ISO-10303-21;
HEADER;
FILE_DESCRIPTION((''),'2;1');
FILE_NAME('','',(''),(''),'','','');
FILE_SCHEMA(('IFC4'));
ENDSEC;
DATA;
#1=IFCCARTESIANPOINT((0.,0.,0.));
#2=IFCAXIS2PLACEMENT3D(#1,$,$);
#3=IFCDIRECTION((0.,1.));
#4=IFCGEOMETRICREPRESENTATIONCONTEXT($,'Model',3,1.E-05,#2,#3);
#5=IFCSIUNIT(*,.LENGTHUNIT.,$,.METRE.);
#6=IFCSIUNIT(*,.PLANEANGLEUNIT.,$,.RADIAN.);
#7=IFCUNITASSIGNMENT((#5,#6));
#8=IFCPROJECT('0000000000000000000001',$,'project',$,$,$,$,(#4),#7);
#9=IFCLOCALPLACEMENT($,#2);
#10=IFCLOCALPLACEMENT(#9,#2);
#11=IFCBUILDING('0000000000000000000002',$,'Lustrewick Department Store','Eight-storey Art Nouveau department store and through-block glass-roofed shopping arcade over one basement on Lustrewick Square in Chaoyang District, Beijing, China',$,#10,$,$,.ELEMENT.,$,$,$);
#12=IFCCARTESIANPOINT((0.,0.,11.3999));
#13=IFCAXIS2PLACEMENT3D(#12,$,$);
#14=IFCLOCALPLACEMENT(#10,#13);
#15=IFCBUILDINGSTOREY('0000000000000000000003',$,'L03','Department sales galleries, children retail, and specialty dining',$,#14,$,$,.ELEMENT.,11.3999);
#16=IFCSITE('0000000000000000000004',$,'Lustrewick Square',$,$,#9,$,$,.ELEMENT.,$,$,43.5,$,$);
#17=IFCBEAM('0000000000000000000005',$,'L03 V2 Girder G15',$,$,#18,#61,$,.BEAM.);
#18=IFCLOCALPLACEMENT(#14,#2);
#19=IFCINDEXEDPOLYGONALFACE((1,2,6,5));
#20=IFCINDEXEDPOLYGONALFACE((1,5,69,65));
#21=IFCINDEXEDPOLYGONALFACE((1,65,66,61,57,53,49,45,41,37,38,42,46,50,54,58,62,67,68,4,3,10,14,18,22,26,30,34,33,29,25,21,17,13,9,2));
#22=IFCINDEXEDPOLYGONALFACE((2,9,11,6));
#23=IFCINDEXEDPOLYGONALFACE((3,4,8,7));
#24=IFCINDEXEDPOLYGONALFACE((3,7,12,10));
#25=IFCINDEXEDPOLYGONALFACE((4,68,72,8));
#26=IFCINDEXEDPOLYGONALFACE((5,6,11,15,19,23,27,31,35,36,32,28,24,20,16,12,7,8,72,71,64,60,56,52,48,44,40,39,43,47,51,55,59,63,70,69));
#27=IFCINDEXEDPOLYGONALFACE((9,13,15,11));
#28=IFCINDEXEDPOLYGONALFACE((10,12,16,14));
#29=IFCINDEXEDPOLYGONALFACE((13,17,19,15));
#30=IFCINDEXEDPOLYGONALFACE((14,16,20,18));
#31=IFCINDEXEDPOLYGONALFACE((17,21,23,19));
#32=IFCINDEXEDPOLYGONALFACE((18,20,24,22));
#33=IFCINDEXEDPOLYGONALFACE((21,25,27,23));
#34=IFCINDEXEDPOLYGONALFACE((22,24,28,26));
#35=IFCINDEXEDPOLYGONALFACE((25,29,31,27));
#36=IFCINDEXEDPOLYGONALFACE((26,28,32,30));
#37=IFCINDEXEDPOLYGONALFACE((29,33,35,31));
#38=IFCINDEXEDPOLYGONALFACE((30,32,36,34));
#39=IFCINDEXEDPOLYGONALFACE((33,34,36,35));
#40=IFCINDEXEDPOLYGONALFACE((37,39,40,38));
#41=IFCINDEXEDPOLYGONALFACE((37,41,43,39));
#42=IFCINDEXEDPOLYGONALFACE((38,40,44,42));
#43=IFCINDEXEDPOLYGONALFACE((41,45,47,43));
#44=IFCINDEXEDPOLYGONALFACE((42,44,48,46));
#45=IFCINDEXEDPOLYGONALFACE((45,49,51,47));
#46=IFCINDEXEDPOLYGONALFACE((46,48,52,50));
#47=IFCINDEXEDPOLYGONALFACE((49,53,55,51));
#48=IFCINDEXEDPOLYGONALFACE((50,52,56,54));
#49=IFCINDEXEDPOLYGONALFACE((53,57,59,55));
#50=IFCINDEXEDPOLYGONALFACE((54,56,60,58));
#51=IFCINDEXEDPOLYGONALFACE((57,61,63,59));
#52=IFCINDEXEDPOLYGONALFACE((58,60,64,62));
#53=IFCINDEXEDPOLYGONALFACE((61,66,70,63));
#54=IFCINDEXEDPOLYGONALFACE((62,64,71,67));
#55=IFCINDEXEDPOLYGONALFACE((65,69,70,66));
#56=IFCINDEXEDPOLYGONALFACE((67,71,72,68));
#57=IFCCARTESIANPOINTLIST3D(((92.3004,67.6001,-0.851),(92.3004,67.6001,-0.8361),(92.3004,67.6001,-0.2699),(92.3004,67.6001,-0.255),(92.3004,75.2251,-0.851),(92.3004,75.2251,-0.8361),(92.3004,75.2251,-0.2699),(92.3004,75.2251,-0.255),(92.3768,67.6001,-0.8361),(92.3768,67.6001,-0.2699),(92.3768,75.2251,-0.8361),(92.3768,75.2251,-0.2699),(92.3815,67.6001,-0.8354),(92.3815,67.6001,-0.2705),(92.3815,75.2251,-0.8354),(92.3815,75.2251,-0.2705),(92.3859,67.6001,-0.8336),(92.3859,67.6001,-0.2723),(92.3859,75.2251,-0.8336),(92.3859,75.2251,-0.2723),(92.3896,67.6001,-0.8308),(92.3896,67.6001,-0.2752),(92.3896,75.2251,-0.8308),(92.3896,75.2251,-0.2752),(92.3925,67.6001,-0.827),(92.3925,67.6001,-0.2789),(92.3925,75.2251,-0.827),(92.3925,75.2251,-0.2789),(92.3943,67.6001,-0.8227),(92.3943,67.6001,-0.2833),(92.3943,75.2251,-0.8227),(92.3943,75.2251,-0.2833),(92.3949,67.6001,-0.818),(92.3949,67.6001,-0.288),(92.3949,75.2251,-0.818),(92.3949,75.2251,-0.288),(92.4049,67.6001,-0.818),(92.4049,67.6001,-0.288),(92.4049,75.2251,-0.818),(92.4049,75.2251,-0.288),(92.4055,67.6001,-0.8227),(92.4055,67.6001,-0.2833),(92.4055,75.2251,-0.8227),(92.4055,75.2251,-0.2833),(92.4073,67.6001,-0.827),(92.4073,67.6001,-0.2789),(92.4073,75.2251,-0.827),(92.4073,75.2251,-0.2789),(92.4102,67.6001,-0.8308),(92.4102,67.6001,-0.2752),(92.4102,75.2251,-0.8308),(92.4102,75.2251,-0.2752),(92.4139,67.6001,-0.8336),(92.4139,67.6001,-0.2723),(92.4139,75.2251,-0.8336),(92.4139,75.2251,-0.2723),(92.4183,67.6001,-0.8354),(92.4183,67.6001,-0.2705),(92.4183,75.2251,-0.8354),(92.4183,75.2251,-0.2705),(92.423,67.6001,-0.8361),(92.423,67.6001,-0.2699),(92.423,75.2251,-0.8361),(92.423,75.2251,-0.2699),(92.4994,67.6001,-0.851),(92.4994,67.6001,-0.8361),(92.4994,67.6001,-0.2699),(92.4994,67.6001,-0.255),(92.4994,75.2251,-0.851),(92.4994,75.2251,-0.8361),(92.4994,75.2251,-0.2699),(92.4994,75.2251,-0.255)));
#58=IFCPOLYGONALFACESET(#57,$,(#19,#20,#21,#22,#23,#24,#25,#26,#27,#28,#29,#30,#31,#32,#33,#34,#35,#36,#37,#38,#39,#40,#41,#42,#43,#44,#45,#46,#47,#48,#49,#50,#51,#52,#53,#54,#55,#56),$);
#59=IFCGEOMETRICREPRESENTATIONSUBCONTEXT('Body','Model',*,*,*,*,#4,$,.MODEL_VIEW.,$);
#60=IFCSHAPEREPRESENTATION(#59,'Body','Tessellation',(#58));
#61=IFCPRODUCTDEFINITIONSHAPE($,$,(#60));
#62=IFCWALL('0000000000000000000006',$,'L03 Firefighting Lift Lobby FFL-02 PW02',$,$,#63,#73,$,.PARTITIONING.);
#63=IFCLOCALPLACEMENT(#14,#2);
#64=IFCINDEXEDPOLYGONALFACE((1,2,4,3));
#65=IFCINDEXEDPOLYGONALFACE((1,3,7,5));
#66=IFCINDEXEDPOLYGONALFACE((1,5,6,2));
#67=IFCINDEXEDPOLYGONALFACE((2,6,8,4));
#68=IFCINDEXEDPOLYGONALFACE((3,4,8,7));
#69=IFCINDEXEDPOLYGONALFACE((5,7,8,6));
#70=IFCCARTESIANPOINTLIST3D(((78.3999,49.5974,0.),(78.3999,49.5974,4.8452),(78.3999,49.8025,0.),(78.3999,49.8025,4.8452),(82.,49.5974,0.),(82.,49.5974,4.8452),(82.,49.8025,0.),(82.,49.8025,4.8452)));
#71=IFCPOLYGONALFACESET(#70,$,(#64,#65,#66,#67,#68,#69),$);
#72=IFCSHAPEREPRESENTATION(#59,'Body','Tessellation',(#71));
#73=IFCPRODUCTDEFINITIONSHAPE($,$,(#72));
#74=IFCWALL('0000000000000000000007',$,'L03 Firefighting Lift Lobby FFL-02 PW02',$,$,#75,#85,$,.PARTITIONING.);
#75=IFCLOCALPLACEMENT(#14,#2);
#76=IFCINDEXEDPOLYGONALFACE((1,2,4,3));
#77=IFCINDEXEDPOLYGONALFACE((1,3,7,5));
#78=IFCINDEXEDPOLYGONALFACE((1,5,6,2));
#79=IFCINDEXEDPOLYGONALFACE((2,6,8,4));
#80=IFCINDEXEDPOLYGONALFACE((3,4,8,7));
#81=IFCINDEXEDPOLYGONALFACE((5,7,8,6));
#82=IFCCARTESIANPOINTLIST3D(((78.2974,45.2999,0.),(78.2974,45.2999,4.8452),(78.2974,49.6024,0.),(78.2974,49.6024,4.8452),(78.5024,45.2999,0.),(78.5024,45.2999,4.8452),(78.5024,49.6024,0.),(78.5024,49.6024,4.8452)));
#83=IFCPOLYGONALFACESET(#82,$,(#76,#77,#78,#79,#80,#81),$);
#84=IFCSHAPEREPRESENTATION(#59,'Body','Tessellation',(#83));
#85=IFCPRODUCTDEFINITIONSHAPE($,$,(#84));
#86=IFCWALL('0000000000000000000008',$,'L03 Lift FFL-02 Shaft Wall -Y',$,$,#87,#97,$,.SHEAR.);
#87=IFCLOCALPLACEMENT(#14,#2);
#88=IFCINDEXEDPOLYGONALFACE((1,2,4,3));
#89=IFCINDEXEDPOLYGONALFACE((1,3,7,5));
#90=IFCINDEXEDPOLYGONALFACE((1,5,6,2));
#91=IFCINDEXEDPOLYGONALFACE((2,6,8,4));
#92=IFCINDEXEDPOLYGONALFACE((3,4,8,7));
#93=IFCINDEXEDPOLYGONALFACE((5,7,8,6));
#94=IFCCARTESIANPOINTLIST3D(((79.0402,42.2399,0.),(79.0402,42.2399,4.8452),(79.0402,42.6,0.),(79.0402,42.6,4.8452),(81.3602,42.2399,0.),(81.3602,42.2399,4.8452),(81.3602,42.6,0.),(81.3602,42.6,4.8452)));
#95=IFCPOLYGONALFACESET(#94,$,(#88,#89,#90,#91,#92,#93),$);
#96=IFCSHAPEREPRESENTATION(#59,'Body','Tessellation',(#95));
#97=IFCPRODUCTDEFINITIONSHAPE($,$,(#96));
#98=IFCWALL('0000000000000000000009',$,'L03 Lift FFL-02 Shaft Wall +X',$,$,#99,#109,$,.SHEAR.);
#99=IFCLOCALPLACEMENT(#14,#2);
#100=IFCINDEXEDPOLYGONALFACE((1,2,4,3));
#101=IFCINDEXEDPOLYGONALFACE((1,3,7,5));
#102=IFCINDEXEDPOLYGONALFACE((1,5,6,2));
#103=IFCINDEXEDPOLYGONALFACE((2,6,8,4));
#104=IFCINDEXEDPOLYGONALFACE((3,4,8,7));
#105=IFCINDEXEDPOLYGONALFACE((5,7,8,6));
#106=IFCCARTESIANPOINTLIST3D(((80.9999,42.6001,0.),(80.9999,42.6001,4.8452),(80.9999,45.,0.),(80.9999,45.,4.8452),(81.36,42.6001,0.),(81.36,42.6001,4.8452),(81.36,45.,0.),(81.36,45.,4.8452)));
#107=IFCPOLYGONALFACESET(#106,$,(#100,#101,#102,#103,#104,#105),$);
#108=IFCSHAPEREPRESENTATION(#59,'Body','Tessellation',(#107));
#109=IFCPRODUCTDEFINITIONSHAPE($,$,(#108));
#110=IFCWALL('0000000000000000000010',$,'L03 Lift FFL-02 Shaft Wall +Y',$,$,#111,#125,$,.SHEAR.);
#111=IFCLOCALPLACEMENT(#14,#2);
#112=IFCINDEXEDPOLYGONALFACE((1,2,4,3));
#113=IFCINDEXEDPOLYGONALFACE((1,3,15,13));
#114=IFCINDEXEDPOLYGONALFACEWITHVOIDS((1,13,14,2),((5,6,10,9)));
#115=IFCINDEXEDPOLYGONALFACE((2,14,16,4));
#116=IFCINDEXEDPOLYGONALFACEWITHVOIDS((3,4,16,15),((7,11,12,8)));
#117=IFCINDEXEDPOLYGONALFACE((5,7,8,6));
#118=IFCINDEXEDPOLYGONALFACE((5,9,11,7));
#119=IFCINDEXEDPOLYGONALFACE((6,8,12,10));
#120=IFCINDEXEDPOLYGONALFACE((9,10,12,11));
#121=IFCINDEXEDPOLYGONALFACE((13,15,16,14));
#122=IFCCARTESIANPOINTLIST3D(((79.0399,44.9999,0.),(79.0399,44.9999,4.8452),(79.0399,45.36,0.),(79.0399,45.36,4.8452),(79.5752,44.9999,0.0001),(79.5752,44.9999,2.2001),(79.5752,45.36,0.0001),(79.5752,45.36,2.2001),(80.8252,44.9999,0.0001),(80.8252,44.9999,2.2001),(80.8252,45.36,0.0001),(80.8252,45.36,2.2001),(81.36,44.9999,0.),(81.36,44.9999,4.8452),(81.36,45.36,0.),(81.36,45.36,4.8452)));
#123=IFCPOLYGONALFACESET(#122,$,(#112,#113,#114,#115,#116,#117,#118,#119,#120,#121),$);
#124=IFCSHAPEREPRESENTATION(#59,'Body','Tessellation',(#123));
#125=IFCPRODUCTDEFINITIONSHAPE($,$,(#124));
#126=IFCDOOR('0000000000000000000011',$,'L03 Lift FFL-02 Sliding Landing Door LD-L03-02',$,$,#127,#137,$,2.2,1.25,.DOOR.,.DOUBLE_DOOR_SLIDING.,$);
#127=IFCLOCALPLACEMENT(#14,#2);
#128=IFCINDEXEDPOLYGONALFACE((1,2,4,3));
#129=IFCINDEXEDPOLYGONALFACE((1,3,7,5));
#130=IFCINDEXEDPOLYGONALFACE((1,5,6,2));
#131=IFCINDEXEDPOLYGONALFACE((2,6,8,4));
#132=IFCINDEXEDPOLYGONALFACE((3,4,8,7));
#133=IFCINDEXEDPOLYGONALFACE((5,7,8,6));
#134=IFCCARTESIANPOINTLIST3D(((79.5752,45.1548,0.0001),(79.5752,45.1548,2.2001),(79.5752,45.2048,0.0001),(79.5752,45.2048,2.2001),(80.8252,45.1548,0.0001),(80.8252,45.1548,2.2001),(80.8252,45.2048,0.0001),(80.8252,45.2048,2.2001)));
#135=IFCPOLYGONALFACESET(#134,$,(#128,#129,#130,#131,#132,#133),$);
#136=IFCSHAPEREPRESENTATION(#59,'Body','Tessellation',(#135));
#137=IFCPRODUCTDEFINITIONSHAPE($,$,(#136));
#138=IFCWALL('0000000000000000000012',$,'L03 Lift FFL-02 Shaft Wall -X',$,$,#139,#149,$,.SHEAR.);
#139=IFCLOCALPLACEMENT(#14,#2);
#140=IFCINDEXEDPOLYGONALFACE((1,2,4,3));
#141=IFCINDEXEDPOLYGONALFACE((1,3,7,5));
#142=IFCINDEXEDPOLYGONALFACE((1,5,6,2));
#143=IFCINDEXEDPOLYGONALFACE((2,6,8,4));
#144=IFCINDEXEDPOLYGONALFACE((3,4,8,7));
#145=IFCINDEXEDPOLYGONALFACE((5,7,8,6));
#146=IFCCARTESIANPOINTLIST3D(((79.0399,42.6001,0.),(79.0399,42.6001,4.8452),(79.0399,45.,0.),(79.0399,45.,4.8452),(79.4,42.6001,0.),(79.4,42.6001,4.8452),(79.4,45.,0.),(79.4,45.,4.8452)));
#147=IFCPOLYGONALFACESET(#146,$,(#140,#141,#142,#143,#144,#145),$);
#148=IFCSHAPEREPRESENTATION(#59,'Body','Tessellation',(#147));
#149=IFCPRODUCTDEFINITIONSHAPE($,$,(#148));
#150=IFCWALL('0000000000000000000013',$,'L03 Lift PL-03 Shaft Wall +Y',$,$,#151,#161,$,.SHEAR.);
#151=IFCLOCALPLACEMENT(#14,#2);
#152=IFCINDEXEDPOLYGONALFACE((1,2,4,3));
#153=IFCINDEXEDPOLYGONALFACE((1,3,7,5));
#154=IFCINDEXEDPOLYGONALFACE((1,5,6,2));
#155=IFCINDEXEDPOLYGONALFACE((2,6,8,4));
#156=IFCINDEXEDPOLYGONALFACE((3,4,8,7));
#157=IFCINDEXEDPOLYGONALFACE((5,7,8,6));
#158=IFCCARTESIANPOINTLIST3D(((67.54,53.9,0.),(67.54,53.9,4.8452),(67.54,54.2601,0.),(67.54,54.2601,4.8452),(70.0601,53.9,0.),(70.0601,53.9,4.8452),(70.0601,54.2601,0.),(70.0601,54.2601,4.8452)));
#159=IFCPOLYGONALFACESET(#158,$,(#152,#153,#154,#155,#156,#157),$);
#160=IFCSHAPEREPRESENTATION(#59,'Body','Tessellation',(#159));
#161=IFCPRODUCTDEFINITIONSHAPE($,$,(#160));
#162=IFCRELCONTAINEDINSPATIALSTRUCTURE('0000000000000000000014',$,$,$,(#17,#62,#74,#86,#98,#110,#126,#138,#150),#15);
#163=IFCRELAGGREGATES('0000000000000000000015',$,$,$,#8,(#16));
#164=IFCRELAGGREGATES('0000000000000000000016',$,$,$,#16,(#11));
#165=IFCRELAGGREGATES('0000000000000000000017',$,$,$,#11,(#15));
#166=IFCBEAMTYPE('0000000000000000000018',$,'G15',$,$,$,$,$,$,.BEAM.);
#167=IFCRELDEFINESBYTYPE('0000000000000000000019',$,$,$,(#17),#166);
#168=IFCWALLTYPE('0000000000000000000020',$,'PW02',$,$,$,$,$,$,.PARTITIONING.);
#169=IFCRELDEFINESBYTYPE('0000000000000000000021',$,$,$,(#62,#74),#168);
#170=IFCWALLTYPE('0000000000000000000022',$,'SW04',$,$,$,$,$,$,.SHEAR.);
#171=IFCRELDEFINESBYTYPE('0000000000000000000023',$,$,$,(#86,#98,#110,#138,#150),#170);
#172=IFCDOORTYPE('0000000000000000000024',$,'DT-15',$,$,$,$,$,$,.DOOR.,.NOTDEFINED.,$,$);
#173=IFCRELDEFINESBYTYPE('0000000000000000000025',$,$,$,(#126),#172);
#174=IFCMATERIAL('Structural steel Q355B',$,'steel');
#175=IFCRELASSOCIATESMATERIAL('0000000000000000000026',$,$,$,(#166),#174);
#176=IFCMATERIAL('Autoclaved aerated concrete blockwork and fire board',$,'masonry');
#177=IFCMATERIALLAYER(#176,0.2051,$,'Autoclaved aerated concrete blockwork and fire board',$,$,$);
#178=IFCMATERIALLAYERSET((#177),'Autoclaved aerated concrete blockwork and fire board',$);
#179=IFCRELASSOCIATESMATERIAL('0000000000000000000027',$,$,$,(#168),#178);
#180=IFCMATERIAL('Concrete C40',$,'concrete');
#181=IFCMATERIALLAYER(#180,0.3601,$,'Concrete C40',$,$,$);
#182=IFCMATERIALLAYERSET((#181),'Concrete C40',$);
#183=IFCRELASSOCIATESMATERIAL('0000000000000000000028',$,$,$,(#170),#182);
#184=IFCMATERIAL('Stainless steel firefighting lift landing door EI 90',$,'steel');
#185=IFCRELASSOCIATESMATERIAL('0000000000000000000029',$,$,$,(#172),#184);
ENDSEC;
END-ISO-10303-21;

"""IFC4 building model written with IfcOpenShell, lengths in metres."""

from ifc_helpers import new_model, si_unit, direction, frame, frame_2d, origin, origin_2d, place, context, subcontext, project, spatial, rectangle, i_section, extrude, material, layer, layer_set, material_profile, profile_set, type_object, element, fill, save


model = new_model("IFC4")

# Units and contexts
model_context = context("Model", 3, precision=1e-05, world=origin(), true_north=direction((0.0, 1.0)))
body_context = subcontext(model_context, "Body", "Model", "MODEL_VIEW")
ifc_project = project(units=[si_unit("LENGTHUNIT", "METRE"), si_unit("PLANEANGLEUNIT", "RADIAN")], contexts=[model_context])

# Site, building, storey
site_placement = place(None, origin())
site = spatial("IfcSite", under=ifc_project, at=site_placement, Name="Lustrewick Square", CompositionType="ELEMENT", RefElevation=43.5)
building_placement = place(site_placement, origin())
building = spatial("IfcBuilding", under=site, at=building_placement, Name="Lustrewick Department Store", Description="Eight-storey Art Nouveau department store and through-block glass-roofed shopping arcade over one basement on Lustrewick Square in Chaoyang District, Beijing, China", CompositionType="ELEMENT")
storey_placement = place(building_placement, frame((0.0, 0.0, 11.3999)))
storey = spatial("IfcBuildingStorey", under=building, at=storey_placement, Name="L03", Description="Department sales galleries, children retail, and specialty dining", CompositionType="ELEMENT", Elevation=11.3999)

# Shared definitions
ifc_material_1 = material(Name="Structural steel Q355B", Category="steel")

# Beam
ifc_material_profile_1 = material_profile(ifc_material_1, i_section(OverallWidth=0.199, OverallDepth=0.5959, WebThickness=0.01, FlangeThickness=0.0149, FilletRadius=0.0181, at=origin_2d()), Name="HN 596x199x10x15")
ifc_profile_set_1 = profile_set([ifc_material_profile_1], Name="Structural steel Q355B")
beam_type_1 = type_object("IfcBeamType", Name="G15", PredefinedType="BEAM", material=ifc_profile_set_1)
beam_1_placement = place(storey_placement, frame((92.3999, 67.6001, -0.553), z_axis=(0.0, 1.0, 0.0), x_axis=(-1.0, 0.0, 0.0)))
element("IfcBeam", 1, at=beam_1_placement, inside=storey, type_object=beam_type_1, Name="L03 V2 Girder G15", PredefinedType="BEAM", context=body_context, shape_type="SweptSolid", body=[
    extrude(i_section(OverallWidth=0.199, OverallDepth=0.5959, WebThickness=0.01, FlangeThickness=0.0149, FilletRadius=0.0181, at=origin_2d()), origin(), (0.0, 0.0, 1.0), 7.625),
])

# Wall
ifc_material_2 = material(Name="Autoclaved aerated concrete blockwork and fire board", Category="masonry")
ifc_layer_1 = layer(ifc_material_2, 0.2051, Name="Autoclaved aerated concrete blockwork and fire board")
ifc_layer_set_1 = layer_set([ifc_layer_1], Name="Autoclaved aerated concrete blockwork and fire board")
wall_type_1 = type_object("IfcWallType", Name="PW02", PredefinedType="PARTITIONING", material=ifc_layer_set_1)
wall_1_placement = place(storey_placement, frame((82.0, 49.7, 0.0), z_axis=(0.0, 0.0, 1.0), x_axis=(-1.0, 0.0, 0.0)))
element("IfcWall", 2, at=wall_1_placement, inside=storey, type_object=wall_type_1, Name="L03 Firefighting Lift Lobby FFL-02 PW02", PredefinedType="PARTITIONING", context=body_context, shape_type="SweptSolid", body=[
    extrude(rectangle(XDim=3.6001, YDim=0.2051, at=frame_2d((1.8, 0.0))), origin(), (0.0, 0.0, 1.0), 4.8452),
])

# Walls
wall_2_placement = place(storey_placement, frame((78.3999, 49.6025, 0.0), z_axis=(0.0, 0.0, 1.0), x_axis=(0.0, -1.0, 0.0)))
element("IfcWall", 3, at=wall_2_placement, inside=storey, type_object=wall_type_1, Name="L03 Firefighting Lift Lobby FFL-02 PW02", PredefinedType="PARTITIONING", context=body_context, shape_type="SweptSolid", body=[
    extrude(rectangle(XDim=4.3025, YDim=0.2051, at=frame_2d((2.1514, 0.0))), origin(), (0.0, 0.0, 1.0), 4.8452),
])
ifc_material_3 = material(Name="Concrete C40", Category="concrete")
ifc_layer_2 = layer(ifc_material_3, 0.3601, Name="Concrete C40")
ifc_layer_set_2 = layer_set([ifc_layer_2], Name="Concrete C40")
wall_type_2 = type_object("IfcWallType", Name="SW04", PredefinedType="SHEAR", material=ifc_layer_set_2)
wall_3_placement = place(storey_placement, frame((79.04, 42.4199, 0.0), z_axis=(0.0, 0.0, 1.0), x_axis=(1.0, 0.0, 0.0)))
element("IfcWall", 4, at=wall_3_placement, inside=storey, type_object=wall_type_2, Name="L03 Lift FFL-02 Shaft Wall -Y", PredefinedType="SHEAR", context=body_context, shape_type="SweptSolid", body=[
    extrude(rectangle(XDim=2.3201, YDim=0.3601, at=frame_2d((1.1602, 0.0))), origin(), (0.0, 0.0, 1.0), 4.8452),
])
wall_4_placement = place(storey_placement, frame((81.1799, 42.6001, 0.0), z_axis=(0.0, 0.0, 1.0), x_axis=(0.0, 1.0, 0.0)))
element("IfcWall", 5, at=wall_4_placement, inside=storey, type_object=wall_type_2, Name="L03 Lift FFL-02 Shaft Wall +X", PredefinedType="SHEAR", context=body_context, shape_type="SweptSolid", body=[
    extrude(rectangle(XDim=2.3999, YDim=0.3601, at=frame_2d((1.2, 0.0))), origin(), (0.0, 0.0, 1.0), 4.8452),
])

# Wall, opening, door
wall_5_placement = place(storey_placement, frame((81.3601, 45.1799, 0.0), z_axis=(0.0, 0.0, 1.0), x_axis=(-1.0, 0.0, 0.0)))
wall_5 = element("IfcWall", 6, at=wall_5_placement, inside=storey, type_object=wall_type_2, Name="L03 Lift FFL-02 Shaft Wall +Y", PredefinedType="SHEAR", context=body_context, shape_type="SweptSolid", body=[
    extrude(rectangle(XDim=2.3201, YDim=0.3601, at=frame_2d((1.1602, 0.0))), origin(), (0.0, 0.0, 1.0), 4.8452),
])
opening_1_placement = place(wall_5_placement, frame((0.5349, 0.0, 0.0)))
opening_1 = element("IfcOpeningElement", 7, at=opening_1_placement, cuts=wall_5, PredefinedType="OPENING", context=body_context, shape_type="SweptSolid", body=[
    extrude(rectangle(XDim=1.25, YDim=2.2, at=frame_2d((0.625, 1.1001))), frame((0.0, 0.1899, 0.0), z_axis=(0.0, -1.0, 0.0), x_axis=(1.0, 0.0, 0.0)), (0.0, 0.0, 1.0), 0.3801),
])
ifc_material_4 = material(Name="Stainless steel firefighting lift landing door EI 90", Category="steel")
door_type_1 = type_object("IfcDoorType", Name="DT-15", OperationType="NOTDEFINED", PredefinedType="DOOR", material=ifc_material_4)
door_1_placement = place(opening_1_placement, frame((1.25, 0.0, 0.0), z_axis=(0.0, 0.0, 1.0), x_axis=(-1.0, 0.0, 0.0)))
door_1 = element("IfcDoor", 8, at=door_1_placement, inside=storey, type_object=door_type_1, Name="L03 Lift FFL-02 Sliding Landing Door LD-L03-02", OperationType="DOUBLE_DOOR_SLIDING", OverallHeight=2.2, OverallWidth=1.25, PredefinedType="DOOR", context=body_context, shape_type="SweptSolid", body=[
    extrude(rectangle(XDim=1.25, YDim=2.2, at=frame_2d((0.625, 1.1001))), frame((0.0, 0.0249, 0.0), z_axis=(0.0, -1.0, 0.0), x_axis=(1.0, 0.0, 0.0)), (0.0, 0.0, 1.0), 0.05),
])
fill(opening_1, door_1)

# Walls
wall_6_placement = place(storey_placement, frame((79.22, 45.0, 0.0), z_axis=(0.0, 0.0, 1.0), x_axis=(0.0, -1.0, 0.0)))
element("IfcWall", 9, at=wall_6_placement, inside=storey, type_object=wall_type_2, Name="L03 Lift FFL-02 Shaft Wall -X", PredefinedType="SHEAR", context=body_context, shape_type="SweptSolid", body=[
    extrude(rectangle(XDim=2.3999, YDim=0.3601, at=frame_2d((1.2, 0.0))), origin(), (0.0, 0.0, 1.0), 4.8452),
])
wall_7_placement = place(storey_placement, frame((70.0601, 54.0801, 0.0), z_axis=(0.0, 0.0, 1.0), x_axis=(-1.0, 0.0, 0.0)))
element("IfcWall", 10, at=wall_7_placement, inside=storey, type_object=wall_type_2, Name="L03 Lift PL-03 Shaft Wall +Y", PredefinedType="SHEAR", context=body_context, shape_type="SweptSolid", body=[
    extrude(rectangle(XDim=2.52, YDim=0.3601, at=frame_2d((1.26, 0.0))), origin(), (0.0, 0.0, 1.0), 4.8452),
])

save(model, "model.ifc")
